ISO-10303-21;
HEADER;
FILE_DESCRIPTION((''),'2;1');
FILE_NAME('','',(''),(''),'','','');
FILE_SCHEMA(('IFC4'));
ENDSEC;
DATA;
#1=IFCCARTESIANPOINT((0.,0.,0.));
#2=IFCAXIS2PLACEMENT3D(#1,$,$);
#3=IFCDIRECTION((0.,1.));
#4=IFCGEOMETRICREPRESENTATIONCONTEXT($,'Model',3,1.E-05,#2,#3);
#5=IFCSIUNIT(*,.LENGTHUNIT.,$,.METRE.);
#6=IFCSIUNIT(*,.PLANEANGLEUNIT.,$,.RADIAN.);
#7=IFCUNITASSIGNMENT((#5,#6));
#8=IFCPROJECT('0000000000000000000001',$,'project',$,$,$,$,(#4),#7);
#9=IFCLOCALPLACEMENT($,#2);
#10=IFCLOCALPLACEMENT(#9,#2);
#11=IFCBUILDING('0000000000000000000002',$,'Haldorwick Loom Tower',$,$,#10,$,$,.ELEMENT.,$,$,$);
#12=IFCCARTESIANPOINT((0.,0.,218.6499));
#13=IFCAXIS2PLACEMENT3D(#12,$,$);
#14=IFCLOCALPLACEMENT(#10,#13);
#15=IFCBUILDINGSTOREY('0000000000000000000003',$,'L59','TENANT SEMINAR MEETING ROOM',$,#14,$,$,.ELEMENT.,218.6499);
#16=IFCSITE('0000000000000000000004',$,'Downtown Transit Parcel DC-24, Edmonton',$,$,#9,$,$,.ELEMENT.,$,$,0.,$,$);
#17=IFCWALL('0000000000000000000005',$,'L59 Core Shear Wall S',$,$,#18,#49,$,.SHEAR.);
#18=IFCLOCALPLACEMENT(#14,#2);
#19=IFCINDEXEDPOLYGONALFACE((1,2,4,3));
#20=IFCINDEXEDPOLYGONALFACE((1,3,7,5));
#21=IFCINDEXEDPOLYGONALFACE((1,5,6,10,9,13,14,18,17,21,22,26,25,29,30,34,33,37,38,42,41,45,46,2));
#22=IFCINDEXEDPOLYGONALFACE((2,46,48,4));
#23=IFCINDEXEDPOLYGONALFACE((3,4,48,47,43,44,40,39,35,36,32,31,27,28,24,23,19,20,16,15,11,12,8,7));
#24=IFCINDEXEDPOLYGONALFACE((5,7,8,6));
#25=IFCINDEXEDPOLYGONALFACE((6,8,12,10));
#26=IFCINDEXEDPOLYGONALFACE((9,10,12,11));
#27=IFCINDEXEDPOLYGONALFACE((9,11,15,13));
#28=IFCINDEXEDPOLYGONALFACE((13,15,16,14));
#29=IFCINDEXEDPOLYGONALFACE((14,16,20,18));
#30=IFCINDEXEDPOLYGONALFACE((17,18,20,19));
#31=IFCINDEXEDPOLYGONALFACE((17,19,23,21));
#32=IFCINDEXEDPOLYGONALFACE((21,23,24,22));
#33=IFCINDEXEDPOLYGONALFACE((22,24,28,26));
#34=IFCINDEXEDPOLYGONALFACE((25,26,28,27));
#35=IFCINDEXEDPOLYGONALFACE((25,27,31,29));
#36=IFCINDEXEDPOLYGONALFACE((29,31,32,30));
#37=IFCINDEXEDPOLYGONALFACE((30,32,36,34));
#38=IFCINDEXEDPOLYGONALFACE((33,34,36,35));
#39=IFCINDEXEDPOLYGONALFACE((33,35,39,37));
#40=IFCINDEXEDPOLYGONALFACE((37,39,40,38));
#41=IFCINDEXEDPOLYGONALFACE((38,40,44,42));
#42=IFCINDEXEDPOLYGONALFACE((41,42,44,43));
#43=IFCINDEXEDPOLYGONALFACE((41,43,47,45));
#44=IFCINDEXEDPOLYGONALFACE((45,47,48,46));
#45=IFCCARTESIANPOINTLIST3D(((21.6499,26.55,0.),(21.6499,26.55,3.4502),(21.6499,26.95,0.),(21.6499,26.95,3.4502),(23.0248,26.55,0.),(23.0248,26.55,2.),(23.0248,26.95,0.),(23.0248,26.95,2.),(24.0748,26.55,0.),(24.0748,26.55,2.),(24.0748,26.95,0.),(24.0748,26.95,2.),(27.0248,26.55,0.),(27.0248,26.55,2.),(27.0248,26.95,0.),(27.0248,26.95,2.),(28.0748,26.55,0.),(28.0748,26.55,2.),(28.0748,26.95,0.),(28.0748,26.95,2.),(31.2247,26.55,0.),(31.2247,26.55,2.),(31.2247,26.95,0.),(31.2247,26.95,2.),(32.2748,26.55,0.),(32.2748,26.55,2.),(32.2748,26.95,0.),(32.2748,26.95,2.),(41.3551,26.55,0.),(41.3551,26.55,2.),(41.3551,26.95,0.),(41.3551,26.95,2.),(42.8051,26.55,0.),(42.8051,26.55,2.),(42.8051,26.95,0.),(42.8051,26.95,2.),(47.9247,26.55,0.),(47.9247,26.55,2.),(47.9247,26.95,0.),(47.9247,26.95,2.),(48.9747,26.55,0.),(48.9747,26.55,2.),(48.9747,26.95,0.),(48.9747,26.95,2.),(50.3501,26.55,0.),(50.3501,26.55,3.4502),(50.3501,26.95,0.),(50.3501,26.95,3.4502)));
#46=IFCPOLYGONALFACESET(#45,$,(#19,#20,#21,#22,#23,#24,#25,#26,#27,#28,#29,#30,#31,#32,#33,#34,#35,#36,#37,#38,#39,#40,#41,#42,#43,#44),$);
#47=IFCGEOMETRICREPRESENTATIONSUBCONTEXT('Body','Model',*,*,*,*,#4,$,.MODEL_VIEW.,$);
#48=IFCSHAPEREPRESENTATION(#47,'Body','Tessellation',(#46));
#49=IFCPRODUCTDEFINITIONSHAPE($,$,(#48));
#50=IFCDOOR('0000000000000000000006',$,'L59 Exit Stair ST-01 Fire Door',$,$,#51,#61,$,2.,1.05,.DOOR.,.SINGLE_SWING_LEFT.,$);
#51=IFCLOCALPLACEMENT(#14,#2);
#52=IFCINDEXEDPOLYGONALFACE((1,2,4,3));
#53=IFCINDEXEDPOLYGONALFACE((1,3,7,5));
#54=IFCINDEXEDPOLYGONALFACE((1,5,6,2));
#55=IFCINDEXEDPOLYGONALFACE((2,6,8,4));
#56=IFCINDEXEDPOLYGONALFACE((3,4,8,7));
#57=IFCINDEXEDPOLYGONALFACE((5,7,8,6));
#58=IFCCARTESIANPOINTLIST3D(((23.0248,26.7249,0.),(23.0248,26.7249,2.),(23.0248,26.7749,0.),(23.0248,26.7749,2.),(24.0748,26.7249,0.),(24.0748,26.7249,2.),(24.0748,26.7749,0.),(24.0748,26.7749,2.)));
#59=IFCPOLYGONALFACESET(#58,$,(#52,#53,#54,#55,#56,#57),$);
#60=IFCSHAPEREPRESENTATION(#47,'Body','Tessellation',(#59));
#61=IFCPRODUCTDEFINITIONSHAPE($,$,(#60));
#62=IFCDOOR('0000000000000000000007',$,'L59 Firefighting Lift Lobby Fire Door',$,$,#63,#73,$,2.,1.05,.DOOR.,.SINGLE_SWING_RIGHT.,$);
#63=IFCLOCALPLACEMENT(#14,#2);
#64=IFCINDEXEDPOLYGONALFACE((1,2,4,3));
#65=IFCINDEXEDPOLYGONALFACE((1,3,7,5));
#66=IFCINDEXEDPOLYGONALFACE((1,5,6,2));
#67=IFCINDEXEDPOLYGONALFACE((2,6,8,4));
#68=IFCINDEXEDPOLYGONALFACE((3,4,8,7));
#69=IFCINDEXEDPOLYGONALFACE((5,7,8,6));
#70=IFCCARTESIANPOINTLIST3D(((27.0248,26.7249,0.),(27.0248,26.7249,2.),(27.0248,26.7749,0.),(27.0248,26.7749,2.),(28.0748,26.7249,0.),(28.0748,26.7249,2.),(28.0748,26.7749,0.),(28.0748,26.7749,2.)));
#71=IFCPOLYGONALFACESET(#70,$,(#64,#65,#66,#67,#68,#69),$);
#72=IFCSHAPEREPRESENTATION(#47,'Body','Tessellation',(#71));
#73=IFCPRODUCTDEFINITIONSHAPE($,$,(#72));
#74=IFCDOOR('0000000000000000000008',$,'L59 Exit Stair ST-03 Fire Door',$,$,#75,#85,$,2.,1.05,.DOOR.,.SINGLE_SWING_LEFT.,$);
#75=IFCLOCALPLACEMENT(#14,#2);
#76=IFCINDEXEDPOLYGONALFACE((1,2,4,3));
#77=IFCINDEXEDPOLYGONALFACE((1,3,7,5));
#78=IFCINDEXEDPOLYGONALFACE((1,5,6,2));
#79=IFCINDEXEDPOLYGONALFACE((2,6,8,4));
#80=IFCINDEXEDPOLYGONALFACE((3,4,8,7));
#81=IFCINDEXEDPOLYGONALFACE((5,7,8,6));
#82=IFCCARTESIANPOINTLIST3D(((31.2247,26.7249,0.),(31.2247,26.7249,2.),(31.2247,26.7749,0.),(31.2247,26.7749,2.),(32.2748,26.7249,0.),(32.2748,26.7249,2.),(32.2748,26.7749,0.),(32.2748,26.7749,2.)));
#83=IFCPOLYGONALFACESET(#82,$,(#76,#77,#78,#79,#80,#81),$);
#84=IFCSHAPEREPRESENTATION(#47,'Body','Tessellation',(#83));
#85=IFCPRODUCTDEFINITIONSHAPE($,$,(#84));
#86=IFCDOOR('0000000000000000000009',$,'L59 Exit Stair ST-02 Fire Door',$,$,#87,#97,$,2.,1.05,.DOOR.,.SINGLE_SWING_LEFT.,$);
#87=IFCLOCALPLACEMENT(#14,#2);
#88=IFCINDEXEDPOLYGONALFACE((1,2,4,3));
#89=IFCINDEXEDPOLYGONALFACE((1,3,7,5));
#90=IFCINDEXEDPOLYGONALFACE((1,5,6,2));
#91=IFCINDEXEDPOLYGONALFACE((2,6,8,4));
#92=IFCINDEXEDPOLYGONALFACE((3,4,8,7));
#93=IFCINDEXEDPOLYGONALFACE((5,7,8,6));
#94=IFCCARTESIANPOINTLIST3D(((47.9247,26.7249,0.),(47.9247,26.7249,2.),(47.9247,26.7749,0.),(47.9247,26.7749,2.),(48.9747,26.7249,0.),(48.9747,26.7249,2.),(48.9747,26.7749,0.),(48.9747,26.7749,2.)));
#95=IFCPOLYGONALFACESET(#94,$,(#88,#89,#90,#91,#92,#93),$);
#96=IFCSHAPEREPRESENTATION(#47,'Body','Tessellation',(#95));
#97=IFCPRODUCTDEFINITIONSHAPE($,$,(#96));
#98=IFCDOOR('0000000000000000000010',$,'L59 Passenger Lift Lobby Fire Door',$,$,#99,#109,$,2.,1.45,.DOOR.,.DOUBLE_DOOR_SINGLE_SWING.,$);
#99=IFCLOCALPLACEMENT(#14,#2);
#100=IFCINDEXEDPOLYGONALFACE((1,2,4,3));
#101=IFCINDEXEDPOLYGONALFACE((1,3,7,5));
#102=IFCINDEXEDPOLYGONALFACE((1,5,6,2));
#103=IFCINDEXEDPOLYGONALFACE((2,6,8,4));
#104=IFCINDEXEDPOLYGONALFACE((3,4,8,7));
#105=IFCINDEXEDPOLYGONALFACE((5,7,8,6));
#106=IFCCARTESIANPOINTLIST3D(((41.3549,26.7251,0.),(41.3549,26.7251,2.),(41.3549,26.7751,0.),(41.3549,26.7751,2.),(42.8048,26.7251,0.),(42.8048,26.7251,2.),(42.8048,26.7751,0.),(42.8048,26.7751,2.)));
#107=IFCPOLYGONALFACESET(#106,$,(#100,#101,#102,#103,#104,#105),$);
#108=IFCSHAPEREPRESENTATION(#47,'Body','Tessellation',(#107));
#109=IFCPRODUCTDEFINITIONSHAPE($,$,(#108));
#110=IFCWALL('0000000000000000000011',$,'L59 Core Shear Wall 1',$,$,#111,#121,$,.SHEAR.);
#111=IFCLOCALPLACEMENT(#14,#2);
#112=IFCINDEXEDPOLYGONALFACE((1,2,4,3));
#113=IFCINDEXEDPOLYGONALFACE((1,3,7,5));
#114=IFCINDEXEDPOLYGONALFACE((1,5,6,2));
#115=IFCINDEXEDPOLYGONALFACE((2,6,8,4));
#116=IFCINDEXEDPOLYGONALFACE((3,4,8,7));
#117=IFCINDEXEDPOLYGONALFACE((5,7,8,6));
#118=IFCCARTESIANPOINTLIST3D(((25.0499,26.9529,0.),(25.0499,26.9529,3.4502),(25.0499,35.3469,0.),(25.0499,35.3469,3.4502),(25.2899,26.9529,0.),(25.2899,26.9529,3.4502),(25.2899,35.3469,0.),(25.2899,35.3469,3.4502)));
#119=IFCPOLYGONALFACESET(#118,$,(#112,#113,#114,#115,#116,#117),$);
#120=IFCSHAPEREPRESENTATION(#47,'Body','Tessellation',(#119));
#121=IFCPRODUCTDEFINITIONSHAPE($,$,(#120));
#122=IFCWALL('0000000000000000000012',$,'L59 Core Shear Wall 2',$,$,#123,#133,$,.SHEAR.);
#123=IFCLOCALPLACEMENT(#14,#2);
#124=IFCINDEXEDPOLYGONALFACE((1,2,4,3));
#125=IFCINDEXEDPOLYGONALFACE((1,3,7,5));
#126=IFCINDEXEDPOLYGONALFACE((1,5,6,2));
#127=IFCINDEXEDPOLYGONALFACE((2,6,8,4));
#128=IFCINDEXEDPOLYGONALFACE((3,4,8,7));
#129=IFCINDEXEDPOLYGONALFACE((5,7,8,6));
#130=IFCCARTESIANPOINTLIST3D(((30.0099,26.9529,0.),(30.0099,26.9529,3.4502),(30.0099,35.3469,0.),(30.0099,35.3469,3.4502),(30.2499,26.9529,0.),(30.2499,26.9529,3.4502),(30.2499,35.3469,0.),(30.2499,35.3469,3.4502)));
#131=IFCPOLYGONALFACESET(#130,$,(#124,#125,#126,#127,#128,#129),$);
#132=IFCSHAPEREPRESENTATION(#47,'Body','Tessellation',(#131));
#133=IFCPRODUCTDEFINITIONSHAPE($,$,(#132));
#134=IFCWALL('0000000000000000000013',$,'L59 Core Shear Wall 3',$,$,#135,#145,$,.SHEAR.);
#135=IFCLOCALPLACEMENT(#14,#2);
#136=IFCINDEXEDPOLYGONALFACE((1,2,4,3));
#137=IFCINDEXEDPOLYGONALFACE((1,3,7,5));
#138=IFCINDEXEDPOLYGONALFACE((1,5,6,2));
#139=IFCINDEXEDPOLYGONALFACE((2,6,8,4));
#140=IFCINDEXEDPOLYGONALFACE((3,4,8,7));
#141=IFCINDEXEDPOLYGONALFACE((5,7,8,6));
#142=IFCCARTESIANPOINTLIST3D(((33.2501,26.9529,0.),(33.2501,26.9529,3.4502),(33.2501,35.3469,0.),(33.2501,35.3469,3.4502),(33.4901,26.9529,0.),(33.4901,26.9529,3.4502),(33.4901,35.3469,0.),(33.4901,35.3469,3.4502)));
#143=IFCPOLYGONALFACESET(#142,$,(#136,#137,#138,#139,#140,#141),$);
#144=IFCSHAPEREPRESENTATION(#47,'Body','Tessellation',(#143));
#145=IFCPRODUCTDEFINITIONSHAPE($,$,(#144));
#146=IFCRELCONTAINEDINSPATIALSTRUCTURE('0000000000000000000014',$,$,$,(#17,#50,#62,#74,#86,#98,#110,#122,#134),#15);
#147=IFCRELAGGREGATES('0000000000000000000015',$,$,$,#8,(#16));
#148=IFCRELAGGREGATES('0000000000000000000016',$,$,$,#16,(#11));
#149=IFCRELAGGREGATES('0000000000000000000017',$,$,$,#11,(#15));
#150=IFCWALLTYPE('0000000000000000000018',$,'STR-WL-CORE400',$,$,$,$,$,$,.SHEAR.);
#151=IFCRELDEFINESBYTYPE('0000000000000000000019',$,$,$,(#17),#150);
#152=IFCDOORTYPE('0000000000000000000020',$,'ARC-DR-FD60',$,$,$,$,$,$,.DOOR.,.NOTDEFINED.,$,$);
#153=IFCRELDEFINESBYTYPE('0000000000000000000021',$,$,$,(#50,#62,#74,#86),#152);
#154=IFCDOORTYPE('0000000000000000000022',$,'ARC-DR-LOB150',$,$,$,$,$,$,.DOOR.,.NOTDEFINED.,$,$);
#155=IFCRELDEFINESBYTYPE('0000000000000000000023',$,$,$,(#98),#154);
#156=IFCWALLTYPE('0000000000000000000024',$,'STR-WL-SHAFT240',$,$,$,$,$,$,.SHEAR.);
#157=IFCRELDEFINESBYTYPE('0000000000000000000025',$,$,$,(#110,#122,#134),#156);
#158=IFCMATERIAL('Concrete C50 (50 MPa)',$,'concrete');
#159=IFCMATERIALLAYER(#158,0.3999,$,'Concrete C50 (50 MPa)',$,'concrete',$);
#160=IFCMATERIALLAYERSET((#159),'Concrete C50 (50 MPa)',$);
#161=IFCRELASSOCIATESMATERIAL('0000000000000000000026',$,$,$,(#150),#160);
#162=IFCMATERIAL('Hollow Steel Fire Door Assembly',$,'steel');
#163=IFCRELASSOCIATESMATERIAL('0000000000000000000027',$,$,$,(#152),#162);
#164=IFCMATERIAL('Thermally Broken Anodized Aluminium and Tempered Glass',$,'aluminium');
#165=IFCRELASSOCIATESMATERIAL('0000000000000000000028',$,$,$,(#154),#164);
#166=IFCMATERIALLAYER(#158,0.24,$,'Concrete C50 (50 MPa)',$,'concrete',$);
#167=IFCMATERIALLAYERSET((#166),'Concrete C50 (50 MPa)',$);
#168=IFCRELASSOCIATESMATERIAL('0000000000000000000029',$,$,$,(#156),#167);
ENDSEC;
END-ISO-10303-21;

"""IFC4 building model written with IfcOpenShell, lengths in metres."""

from ifc_helpers import new_model, si_unit, direction, frame, frame_2d, origin, place, context, subcontext, project, spatial, rectangle, extrude, material, layer, layer_set, type_object, element, fill, save


model = new_model("IFC4")

# Units and contexts
model_context = context("Model", 3, precision=1e-05, world=origin(), true_north=direction((0.0, 1.0)))
body_context = subcontext(model_context, "Body", "Model", "MODEL_VIEW")
ifc_project = project(units=[si_unit("LENGTHUNIT", "METRE"), si_unit("PLANEANGLEUNIT", "RADIAN")], contexts=[model_context])

# Site, building, storey
site_placement = place(None, origin())
site = spatial("IfcSite", under=ifc_project, at=site_placement, Name="Downtown Transit Parcel DC-24, Edmonton", CompositionType="ELEMENT", RefElevation=0.0)
building_placement = place(site_placement, origin())
building = spatial("IfcBuilding", under=site, at=building_placement, Name="Haldorwick Loom Tower", CompositionType="ELEMENT")
storey_placement = place(building_placement, frame((0.0, 0.0, 218.6499)))
storey = spatial("IfcBuildingStorey", under=building, at=storey_placement, Name="L59", Description="TENANT SEMINAR MEETING ROOM", CompositionType="ELEMENT", Elevation=218.6499)

# Shared definitions
ifc_material_1 = material(Name="Concrete C50 (50 MPa)", Category="concrete")

# Shared definitions
ifc_material_2 = material(Name="Hollow Steel Fire Door Assembly", Category="steel")

# Wall, openings, doors
ifc_layer_1 = layer(ifc_material_1, 0.3999, Name="Concrete C50 (50 MPa)", Category="concrete")
ifc_layer_set_1 = layer_set([ifc_layer_1], Name="Concrete C50 (50 MPa)")
wall_type_1 = type_object("IfcWallType", Name="STR-WL-CORE400", PredefinedType="SHEAR", material=ifc_layer_set_1)
wall_1_placement = place(storey_placement, frame((21.6499, 26.75, 0.0), z_axis=(0.0, 0.0, 1.0), x_axis=(1.0, 0.0, 0.0)))
wall_1 = element("IfcWall", 1, at=wall_1_placement, inside=storey, type_object=wall_type_1, Name="L59 Core Shear Wall S", PredefinedType="SHEAR", context=body_context, shape_type="SweptSolid", body=[
    extrude(rectangle(XDim=28.7002, YDim=0.3999, at=frame_2d((14.3501, 0.0))), origin(), (0.0, 0.0, 1.0), 3.4502),
])
opening_1_placement = place(wall_1_placement, frame((1.375, 0.0, 0.0)))
opening_1 = element("IfcOpeningElement", 2, at=opening_1_placement, cuts=wall_1, PredefinedType="OPENING", context=body_context, shape_type="SweptSolid", body=[
    extrude(rectangle(XDim=1.05, YDim=2.0, at=frame_2d((0.5249, 1.0))), frame((0.0, 0.21, 0.0), z_axis=(0.0, -1.0, 0.0), x_axis=(1.0, 0.0, 0.0)), (0.0, 0.0, 1.0), 0.4199),
])
opening_2_placement = place(wall_1_placement, frame((5.375, 0.0, 0.0)))
opening_2 = element("IfcOpeningElement", 3, at=opening_2_placement, cuts=wall_1, PredefinedType="OPENING", context=body_context, shape_type="SweptSolid", body=[
    extrude(rectangle(XDim=1.05, YDim=2.0, at=frame_2d((0.5249, 1.0))), frame((0.0, 0.21, 0.0), z_axis=(0.0, -1.0, 0.0), x_axis=(1.0, 0.0, 0.0)), (0.0, 0.0, 1.0), 0.4199),
])
opening_3_placement = place(wall_1_placement, frame((9.575, 0.0, 0.0)))
opening_3 = element("IfcOpeningElement", 4, at=opening_3_placement, cuts=wall_1, PredefinedType="OPENING", context=body_context, shape_type="SweptSolid", body=[
    extrude(rectangle(XDim=1.05, YDim=2.0, at=frame_2d((0.5249, 1.0))), frame((0.0, 0.21, 0.0), z_axis=(0.0, -1.0, 0.0), x_axis=(1.0, 0.0, 0.0)), (0.0, 0.0, 1.0), 0.4199),
])
opening_4_placement = place(wall_1_placement, frame((19.7051, 0.0, 0.0)))
opening_4 = element("IfcOpeningElement", 5, at=opening_4_placement, cuts=wall_1, PredefinedType="OPENING", context=body_context, shape_type="SweptSolid", body=[
    extrude(rectangle(XDim=1.45, YDim=2.0, at=frame_2d((0.7251, 1.0))), frame((0.0, 0.21, 0.0), z_axis=(0.0, -1.0, 0.0), x_axis=(1.0, 0.0, 0.0)), (0.0, 0.0, 1.0), 0.4199),
])
opening_5_placement = place(wall_1_placement, frame((26.2749, 0.0, 0.0)))
opening_5 = element("IfcOpeningElement", 6, at=opening_5_placement, cuts=wall_1, PredefinedType="OPENING", context=body_context, shape_type="SweptSolid", body=[
    extrude(rectangle(XDim=1.05, YDim=2.0, at=frame_2d((0.5249, 1.0))), frame((0.0, 0.21, 0.0), z_axis=(0.0, -1.0, 0.0), x_axis=(1.0, 0.0, 0.0)), (0.0, 0.0, 1.0), 0.4199),
])
door_type_1 = type_object("IfcDoorType", Name="ARC-DR-FD60", OperationType="NOTDEFINED", PredefinedType="DOOR", material=ifc_material_2)
door_1_placement = place(opening_1_placement, origin())
door_1 = element("IfcDoor", 7, at=door_1_placement, inside=storey, type_object=door_type_1, Name="L59 Exit Stair ST-01 Fire Door", OperationType="SINGLE_SWING_LEFT", OverallHeight=2.0, OverallWidth=1.05, PredefinedType="DOOR", context=body_context, shape_type="SweptSolid", body=[
    extrude(rectangle(XDim=1.05, YDim=2.0, at=frame_2d((0.5249, 1.0))), frame((0.0, 0.0249, 0.0), z_axis=(0.0, -1.0, 0.0), x_axis=(1.0, 0.0, 0.0)), (0.0, 0.0, 1.0), 0.05),
])
fill(opening_1, door_1)
door_2_placement = place(opening_2_placement, origin())
door_2 = element("IfcDoor", 8, at=door_2_placement, inside=storey, type_object=door_type_1, Name="L59 Firefighting Lift Lobby Fire Door", OperationType="SINGLE_SWING_RIGHT", OverallHeight=2.0, OverallWidth=1.05, PredefinedType="DOOR", context=body_context, shape_type="SweptSolid", body=[
    extrude(rectangle(XDim=1.05, YDim=2.0, at=frame_2d((0.5249, 1.0))), frame((0.0, 0.0249, 0.0), z_axis=(0.0, -1.0, 0.0), x_axis=(1.0, 0.0, 0.0)), (0.0, 0.0, 1.0), 0.05),
])
fill(opening_2, door_2)
door_3_placement = place(opening_3_placement, origin())
door_3 = element("IfcDoor", 9, at=door_3_placement, inside=storey, type_object=door_type_1, Name="L59 Exit Stair ST-03 Fire Door", OperationType="SINGLE_SWING_LEFT", OverallHeight=2.0, OverallWidth=1.05, PredefinedType="DOOR", context=body_context, shape_type="SweptSolid", body=[
    extrude(rectangle(XDim=1.05, YDim=2.0, at=frame_2d((0.5249, 1.0))), frame((0.0, 0.0249, 0.0), z_axis=(0.0, -1.0, 0.0), x_axis=(1.0, 0.0, 0.0)), (0.0, 0.0, 1.0), 0.05),
])
fill(opening_3, door_3)
door_4_placement = place(opening_5_placement, origin())
door_4 = element("IfcDoor", 10, at=door_4_placement, inside=storey, type_object=door_type_1, Name="L59 Exit Stair ST-02 Fire Door", OperationType="SINGLE_SWING_LEFT", OverallHeight=2.0, OverallWidth=1.05, PredefinedType="DOOR", context=body_context, shape_type="SweptSolid", body=[
    extrude(rectangle(XDim=1.05, YDim=2.0, at=frame_2d((0.5249, 1.0))), frame((0.0, 0.0249, 0.0), z_axis=(0.0, -1.0, 0.0), x_axis=(1.0, 0.0, 0.0)), (0.0, 0.0, 1.0), 0.05),
])
fill(opening_5, door_4)
ifc_material_3 = material(Name="Thermally Broken Anodized Aluminium and Tempered Glass", Category="aluminium")
door_type_2 = type_object("IfcDoorType", Name="ARC-DR-LOB150", OperationType="NOTDEFINED", PredefinedType="DOOR", material=ifc_material_3)
door_5_placement = place(opening_4_placement, frame((1.45, 0.0, 0.0), z_axis=(0.0, 0.0, 1.0), x_axis=(-1.0, 0.0, 0.0)))
door_5 = element("IfcDoor", 11, at=door_5_placement, inside=storey, type_object=door_type_2, Name="L59 Passenger Lift Lobby Fire Door", OperationType="DOUBLE_DOOR_SINGLE_SWING", OverallHeight=2.0, OverallWidth=1.45, PredefinedType="DOOR", context=body_context, shape_type="SweptSolid", body=[
    extrude(rectangle(XDim=1.45, YDim=2.0, at=frame_2d((0.7251, 1.0))), frame((0.0, 0.0249, 0.0), z_axis=(0.0, -1.0, 0.0), x_axis=(1.0, 0.0, 0.0)), (0.0, 0.0, 1.0), 0.05),
])
fill(opening_4, door_5)

# Walls
ifc_layer_2 = layer(ifc_material_1, 0.24, Name="Concrete C50 (50 MPa)", Category="concrete")
ifc_layer_set_2 = layer_set([ifc_layer_2], Name="Concrete C50 (50 MPa)")
wall_type_2 = type_object("IfcWallType", Name="STR-WL-SHAFT240", PredefinedType="SHEAR", material=ifc_layer_set_2)
for number, where, z_axis, x_axis, name in (
    (12, (25.1699, 26.9529, 0.0), (0.0, 0.0, 1.0), (0.0, 1.0, 0.0), "L59 Core Shear Wall 1"),
    (13, (30.1299, 26.9529, 0.0), (0.0, 0.0, 1.0), (0.0, 1.0, 0.0), "L59 Core Shear Wall 2"),
    (14, (33.3701, 26.9529, 0.0), (0.0, 0.0, 1.0), (0.0, 1.0, 0.0), "L59 Core Shear Wall 3"),
):
    element("IfcWall", number, at=place(storey_placement, frame(where, z_axis=z_axis, x_axis=x_axis)), inside=storey, type_object=wall_type_2, Name=name, PredefinedType="SHEAR", context=body_context, shape_type="SweptSolid", body=[
        extrude(rectangle(XDim=8.394, YDim=0.24, at=frame_2d((4.197, 0.0))), origin(), (0.0, 0.0, 1.0), 3.4502),
    ])

save(model, "model.ifc")
